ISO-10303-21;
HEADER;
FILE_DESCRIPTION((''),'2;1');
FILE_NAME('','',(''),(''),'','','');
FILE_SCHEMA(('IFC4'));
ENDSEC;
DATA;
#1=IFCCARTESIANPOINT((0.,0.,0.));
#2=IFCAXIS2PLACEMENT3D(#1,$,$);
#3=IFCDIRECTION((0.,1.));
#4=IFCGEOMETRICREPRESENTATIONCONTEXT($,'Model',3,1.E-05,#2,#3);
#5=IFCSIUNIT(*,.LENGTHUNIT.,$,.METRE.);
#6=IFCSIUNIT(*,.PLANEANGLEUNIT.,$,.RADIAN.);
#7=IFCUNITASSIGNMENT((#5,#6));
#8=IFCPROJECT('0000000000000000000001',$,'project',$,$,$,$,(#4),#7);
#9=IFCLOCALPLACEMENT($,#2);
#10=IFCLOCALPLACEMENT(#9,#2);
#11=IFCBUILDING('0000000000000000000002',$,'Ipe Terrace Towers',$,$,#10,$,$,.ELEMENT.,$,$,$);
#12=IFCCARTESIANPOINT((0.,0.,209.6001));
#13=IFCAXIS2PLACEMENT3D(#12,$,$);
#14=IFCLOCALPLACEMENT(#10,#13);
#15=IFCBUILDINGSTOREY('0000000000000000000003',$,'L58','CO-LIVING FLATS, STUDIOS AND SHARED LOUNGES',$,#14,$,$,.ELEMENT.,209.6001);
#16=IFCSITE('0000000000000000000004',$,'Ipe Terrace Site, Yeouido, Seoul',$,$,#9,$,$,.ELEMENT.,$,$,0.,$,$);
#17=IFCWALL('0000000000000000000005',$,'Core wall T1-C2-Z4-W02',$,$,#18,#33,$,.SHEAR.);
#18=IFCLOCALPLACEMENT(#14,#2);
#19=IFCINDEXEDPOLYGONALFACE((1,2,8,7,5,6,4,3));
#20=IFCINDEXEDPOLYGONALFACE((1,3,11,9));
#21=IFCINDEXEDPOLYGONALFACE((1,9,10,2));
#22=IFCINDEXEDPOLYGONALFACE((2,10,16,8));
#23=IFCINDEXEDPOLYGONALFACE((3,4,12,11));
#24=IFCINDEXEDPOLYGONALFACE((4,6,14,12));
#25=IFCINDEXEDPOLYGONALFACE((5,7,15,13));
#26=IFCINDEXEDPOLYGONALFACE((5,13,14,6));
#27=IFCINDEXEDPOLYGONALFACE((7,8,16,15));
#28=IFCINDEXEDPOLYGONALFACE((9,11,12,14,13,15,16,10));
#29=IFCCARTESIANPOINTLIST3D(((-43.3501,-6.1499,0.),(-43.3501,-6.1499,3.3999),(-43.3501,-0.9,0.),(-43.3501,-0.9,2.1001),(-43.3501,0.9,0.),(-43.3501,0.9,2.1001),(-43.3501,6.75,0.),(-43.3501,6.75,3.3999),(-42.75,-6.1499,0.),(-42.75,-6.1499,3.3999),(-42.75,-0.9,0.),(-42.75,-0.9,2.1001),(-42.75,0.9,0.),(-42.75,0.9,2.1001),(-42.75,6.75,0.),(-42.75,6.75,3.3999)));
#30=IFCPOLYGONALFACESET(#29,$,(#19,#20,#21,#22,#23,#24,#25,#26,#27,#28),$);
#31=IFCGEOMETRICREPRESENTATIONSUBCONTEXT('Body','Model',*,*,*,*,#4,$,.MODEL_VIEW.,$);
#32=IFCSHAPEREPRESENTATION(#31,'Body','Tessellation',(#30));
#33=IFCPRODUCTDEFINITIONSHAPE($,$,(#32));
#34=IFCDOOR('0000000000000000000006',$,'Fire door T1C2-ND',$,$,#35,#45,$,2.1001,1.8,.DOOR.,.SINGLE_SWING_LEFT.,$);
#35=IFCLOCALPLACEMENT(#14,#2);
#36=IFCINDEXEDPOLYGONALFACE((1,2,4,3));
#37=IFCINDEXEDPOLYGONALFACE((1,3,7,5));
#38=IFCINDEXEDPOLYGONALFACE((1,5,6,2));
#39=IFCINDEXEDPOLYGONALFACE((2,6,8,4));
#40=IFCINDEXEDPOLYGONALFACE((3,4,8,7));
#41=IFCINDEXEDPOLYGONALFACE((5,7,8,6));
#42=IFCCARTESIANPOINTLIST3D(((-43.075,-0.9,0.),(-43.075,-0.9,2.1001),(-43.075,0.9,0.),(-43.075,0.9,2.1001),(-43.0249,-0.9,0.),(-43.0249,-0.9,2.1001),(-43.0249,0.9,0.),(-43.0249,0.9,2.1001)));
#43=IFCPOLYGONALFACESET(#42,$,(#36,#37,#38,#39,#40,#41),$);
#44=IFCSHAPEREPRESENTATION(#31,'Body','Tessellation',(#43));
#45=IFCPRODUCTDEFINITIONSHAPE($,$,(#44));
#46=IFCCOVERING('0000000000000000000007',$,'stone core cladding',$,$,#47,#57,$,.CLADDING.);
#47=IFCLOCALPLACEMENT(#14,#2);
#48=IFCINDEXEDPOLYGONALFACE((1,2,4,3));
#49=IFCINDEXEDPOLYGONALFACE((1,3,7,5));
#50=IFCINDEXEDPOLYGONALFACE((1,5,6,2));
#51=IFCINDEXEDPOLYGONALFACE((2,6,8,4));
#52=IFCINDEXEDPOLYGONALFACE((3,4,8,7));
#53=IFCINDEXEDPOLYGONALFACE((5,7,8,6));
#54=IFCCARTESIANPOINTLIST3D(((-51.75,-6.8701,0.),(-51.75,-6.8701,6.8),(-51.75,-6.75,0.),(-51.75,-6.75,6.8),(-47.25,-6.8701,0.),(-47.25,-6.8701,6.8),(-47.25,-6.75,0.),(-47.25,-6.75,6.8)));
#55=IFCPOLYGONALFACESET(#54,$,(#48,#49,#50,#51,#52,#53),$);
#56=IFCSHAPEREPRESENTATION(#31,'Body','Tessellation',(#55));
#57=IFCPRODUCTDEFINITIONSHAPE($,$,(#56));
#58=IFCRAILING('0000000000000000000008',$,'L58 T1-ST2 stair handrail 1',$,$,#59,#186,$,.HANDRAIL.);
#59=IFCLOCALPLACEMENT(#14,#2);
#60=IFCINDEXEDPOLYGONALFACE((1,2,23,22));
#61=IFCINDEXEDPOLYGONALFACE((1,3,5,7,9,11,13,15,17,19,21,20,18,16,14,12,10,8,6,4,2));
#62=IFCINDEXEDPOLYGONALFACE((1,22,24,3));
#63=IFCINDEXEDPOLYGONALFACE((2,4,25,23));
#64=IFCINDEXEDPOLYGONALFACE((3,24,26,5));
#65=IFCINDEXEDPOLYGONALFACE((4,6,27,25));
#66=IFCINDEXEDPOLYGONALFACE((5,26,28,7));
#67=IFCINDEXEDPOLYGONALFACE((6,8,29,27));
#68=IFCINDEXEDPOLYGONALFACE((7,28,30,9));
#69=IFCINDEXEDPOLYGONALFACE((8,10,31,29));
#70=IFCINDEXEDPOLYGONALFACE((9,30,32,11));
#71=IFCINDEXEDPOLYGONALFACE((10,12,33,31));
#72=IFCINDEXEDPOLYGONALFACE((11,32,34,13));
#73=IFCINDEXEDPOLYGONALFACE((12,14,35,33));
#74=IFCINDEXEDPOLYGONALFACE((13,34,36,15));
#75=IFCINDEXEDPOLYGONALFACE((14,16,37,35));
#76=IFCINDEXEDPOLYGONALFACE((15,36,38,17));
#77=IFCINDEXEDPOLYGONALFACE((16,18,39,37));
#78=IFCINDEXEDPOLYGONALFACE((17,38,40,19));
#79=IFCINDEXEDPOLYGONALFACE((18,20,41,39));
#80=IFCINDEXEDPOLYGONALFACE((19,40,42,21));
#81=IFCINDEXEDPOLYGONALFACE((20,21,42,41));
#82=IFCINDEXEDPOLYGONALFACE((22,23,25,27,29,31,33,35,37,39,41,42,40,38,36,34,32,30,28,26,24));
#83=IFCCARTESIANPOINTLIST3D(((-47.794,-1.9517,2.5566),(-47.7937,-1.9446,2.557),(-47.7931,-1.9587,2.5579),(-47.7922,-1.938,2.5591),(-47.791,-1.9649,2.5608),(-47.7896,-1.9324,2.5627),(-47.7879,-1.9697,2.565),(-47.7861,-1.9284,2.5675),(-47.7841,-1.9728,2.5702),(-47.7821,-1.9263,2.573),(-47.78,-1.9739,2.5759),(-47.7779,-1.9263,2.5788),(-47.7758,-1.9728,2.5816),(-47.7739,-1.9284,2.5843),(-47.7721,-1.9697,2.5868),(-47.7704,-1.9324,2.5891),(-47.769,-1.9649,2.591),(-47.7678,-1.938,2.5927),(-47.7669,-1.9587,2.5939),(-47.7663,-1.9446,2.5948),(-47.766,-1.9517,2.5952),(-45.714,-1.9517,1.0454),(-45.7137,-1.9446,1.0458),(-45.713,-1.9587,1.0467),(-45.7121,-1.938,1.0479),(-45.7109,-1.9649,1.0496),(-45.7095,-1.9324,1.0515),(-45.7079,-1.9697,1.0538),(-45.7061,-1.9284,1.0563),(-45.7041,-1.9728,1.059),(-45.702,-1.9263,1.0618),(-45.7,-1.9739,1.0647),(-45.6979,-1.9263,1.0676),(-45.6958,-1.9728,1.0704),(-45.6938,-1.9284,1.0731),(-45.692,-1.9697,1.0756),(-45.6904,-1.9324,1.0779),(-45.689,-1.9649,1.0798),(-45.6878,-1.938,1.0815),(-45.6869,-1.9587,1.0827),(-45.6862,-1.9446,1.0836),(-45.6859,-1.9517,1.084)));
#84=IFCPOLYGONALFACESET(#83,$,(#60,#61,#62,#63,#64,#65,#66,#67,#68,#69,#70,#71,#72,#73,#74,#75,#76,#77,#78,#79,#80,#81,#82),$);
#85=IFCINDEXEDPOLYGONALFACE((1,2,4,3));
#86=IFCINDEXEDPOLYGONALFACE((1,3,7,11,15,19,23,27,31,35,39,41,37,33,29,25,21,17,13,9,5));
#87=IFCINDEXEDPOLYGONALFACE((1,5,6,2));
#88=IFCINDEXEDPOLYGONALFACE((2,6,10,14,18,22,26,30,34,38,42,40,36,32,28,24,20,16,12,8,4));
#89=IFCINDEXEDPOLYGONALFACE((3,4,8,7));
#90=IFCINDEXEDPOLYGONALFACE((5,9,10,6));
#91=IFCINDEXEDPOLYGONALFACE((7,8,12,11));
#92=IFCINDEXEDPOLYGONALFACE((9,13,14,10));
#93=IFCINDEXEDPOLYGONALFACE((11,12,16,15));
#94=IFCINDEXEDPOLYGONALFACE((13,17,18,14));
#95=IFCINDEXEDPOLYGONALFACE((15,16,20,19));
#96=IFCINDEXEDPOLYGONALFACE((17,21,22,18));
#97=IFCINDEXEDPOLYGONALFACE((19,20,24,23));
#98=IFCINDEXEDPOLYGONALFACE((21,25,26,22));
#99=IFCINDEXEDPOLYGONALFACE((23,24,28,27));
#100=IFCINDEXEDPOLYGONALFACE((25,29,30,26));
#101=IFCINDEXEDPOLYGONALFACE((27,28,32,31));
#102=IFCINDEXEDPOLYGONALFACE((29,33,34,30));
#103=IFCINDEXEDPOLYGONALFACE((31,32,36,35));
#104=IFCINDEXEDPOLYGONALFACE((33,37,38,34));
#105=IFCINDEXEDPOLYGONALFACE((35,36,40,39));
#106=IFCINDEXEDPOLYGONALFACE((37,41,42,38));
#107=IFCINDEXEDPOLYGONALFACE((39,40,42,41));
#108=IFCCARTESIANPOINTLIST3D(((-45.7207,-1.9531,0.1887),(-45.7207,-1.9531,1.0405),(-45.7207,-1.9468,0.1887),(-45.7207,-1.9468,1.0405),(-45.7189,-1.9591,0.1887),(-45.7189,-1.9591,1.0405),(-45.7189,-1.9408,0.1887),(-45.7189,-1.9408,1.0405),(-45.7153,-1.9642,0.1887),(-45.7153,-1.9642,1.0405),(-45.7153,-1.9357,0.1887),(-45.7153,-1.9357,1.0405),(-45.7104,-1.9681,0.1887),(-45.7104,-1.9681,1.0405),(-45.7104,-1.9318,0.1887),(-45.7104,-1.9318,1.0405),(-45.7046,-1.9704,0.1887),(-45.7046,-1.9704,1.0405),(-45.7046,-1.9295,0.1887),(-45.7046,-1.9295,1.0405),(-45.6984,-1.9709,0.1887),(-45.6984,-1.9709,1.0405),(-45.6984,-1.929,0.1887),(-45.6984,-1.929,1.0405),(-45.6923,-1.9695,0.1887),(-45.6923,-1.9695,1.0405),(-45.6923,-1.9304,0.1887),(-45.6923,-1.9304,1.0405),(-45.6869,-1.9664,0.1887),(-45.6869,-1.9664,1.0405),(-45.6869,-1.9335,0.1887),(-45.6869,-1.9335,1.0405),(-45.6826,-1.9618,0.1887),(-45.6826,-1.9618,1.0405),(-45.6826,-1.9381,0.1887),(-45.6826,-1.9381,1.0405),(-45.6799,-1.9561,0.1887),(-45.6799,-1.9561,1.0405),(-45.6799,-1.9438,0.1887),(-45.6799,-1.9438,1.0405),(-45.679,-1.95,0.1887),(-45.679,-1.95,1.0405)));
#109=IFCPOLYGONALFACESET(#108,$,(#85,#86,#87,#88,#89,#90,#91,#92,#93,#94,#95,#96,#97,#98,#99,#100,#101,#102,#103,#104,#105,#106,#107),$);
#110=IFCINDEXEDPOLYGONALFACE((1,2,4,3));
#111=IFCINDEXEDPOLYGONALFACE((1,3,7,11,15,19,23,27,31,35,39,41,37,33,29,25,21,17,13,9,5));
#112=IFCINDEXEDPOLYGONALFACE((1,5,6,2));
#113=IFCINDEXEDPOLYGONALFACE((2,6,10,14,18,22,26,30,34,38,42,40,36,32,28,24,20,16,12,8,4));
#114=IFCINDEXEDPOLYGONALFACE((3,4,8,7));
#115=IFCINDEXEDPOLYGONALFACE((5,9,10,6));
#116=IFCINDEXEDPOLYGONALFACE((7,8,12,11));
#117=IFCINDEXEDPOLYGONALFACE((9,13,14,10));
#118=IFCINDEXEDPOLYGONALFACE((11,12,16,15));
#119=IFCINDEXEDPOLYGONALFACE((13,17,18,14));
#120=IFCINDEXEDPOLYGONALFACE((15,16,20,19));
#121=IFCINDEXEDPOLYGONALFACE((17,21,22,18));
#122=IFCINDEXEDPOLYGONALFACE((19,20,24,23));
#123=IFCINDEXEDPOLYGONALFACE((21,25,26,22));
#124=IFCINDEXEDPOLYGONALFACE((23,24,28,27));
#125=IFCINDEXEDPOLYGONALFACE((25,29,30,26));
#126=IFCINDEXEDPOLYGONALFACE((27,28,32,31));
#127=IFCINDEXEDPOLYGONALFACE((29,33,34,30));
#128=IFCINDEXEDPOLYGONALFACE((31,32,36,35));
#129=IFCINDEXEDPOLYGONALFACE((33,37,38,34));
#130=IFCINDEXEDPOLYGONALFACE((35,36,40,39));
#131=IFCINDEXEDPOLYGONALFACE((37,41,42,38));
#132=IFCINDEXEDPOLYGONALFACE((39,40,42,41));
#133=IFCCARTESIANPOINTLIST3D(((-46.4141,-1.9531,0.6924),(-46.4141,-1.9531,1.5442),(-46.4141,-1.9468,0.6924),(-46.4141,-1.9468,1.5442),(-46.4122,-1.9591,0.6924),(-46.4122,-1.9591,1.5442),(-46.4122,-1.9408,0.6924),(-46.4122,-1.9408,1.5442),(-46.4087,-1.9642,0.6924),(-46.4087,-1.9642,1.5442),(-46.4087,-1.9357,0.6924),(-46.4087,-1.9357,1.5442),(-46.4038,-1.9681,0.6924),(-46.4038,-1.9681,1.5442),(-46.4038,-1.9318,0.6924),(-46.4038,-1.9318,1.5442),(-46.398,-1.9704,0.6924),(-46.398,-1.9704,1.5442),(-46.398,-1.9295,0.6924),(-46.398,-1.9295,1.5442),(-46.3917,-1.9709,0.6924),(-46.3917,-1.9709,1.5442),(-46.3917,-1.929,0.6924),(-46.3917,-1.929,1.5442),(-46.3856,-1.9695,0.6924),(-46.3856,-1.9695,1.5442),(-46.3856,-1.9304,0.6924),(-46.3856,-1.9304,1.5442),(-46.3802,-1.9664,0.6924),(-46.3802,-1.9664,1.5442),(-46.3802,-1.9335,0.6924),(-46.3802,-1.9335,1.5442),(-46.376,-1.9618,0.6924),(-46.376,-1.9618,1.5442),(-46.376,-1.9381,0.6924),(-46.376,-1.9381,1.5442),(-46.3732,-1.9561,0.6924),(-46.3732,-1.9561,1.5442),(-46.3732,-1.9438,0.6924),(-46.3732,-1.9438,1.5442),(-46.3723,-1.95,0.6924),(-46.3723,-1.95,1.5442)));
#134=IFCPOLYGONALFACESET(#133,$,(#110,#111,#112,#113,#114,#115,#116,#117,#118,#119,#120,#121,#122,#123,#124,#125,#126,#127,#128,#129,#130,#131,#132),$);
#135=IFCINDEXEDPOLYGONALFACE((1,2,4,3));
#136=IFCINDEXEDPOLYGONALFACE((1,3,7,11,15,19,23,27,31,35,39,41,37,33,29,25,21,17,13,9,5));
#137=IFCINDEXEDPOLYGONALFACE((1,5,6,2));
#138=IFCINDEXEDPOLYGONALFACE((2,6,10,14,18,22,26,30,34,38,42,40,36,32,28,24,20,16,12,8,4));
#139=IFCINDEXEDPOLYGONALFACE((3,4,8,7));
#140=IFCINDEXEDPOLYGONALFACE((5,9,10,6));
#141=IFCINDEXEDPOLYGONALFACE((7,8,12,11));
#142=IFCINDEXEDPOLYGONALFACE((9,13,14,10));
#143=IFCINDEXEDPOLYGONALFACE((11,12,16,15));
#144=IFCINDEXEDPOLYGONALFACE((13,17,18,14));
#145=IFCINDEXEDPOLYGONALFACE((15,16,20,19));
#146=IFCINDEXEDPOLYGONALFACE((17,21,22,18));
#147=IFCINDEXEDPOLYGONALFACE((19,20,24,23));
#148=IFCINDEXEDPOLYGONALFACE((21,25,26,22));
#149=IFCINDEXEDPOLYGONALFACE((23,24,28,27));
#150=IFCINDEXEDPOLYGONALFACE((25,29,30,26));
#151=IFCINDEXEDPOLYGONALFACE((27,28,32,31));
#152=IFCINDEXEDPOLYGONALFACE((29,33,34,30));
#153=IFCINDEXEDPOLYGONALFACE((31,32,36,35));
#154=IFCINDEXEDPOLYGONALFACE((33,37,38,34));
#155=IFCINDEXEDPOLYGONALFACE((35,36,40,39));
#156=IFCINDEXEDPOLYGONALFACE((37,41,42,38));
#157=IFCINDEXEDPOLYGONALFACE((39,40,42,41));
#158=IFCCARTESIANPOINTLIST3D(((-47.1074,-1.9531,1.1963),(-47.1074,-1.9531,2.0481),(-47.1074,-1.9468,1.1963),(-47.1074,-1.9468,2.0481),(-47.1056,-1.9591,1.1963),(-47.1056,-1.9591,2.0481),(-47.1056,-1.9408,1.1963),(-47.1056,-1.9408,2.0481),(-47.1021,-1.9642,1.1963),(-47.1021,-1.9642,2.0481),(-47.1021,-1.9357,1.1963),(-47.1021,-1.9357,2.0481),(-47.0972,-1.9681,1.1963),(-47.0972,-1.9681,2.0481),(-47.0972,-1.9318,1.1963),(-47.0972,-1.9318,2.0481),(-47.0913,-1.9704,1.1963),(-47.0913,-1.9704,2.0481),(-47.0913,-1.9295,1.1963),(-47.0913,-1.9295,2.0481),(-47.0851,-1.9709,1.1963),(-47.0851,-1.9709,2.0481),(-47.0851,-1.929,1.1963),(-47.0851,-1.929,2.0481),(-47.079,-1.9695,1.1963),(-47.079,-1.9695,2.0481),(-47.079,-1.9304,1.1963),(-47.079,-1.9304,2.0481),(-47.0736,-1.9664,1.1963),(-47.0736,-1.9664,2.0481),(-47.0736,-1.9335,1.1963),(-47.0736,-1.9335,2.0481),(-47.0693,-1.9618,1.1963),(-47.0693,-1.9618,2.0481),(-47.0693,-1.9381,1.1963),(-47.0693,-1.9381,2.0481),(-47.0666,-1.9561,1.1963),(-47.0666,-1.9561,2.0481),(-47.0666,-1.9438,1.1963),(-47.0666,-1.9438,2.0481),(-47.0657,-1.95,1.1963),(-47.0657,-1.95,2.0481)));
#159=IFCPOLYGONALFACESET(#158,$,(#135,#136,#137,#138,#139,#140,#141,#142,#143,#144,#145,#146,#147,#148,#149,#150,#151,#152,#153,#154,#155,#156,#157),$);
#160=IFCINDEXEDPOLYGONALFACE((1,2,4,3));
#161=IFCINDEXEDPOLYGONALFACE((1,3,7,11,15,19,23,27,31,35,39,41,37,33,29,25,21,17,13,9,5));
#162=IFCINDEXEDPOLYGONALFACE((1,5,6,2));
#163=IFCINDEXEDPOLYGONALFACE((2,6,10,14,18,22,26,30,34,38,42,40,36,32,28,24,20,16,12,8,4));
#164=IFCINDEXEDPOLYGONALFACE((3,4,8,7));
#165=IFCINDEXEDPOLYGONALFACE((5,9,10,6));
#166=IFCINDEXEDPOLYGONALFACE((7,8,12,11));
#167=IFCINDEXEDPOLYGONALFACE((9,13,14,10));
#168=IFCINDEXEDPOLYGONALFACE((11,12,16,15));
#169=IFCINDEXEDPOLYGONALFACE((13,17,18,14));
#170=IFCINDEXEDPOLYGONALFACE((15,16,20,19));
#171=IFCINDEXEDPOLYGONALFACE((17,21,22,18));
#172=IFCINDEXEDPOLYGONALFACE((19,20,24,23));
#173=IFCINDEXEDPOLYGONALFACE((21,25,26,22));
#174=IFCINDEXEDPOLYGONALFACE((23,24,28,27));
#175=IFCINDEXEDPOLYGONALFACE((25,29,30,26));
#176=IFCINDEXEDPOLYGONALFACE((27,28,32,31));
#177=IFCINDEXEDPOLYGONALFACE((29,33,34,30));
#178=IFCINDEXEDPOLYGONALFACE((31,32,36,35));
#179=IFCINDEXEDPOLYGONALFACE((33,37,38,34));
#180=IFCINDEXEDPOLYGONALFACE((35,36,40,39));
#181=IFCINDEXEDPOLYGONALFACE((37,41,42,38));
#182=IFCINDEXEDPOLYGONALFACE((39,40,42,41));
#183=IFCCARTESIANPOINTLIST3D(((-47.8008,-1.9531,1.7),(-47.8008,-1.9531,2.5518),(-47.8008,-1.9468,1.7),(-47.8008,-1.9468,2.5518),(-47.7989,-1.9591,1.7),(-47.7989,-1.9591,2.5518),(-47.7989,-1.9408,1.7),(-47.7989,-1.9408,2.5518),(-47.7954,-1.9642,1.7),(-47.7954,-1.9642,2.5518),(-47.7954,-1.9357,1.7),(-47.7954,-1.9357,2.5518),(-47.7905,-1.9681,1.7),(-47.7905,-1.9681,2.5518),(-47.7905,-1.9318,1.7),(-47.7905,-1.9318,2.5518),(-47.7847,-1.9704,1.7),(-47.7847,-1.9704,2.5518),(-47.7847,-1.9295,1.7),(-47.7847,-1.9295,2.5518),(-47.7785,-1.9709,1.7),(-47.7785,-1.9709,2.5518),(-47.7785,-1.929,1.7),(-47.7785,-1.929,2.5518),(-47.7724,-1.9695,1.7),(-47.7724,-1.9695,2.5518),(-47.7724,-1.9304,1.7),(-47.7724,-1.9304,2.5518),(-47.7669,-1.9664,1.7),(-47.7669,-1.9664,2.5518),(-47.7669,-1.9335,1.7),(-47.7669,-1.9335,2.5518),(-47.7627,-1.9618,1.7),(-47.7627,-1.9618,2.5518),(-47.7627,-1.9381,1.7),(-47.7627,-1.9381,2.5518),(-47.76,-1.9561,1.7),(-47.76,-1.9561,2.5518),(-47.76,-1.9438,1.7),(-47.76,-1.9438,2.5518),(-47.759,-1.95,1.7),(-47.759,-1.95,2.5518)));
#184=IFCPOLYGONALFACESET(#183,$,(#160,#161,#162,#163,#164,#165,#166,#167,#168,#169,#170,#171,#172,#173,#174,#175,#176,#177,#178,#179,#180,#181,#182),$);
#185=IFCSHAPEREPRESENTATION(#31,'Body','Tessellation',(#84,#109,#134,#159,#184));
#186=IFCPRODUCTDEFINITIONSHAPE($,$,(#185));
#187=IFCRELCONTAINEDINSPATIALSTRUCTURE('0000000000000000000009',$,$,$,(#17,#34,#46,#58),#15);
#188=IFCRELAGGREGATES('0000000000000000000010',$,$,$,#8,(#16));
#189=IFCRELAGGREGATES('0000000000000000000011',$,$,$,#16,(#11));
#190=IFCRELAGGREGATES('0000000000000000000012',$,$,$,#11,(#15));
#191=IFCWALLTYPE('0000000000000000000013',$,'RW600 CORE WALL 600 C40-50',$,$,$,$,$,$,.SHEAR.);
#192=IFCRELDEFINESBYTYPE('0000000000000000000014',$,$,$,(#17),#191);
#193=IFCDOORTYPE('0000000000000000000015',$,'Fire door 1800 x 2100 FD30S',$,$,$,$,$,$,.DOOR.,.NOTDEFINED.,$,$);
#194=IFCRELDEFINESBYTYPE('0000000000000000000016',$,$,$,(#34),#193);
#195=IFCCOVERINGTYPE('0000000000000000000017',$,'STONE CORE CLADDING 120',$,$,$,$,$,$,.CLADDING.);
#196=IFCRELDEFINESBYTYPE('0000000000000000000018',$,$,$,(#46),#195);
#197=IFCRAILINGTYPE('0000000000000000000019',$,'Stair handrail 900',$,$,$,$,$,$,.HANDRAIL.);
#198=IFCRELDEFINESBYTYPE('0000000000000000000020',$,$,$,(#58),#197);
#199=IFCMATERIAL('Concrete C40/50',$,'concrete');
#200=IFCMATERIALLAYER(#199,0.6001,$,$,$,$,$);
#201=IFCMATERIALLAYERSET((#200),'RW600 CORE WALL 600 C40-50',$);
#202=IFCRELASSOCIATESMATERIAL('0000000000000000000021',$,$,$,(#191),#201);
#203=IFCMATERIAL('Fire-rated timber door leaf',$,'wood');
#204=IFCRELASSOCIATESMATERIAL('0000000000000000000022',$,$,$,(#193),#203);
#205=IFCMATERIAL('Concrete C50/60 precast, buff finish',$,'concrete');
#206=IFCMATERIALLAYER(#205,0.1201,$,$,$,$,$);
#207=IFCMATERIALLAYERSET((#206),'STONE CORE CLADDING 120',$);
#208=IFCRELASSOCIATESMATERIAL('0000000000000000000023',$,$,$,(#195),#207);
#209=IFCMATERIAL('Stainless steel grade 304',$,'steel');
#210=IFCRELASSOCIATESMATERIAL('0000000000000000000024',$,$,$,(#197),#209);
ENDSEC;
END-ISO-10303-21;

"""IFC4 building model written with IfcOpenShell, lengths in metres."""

from ifc_helpers import new_model, si_unit, direction, frame, frame_2d, origin, origin_2d, place, context, subcontext, project, spatial, rectangle, circle, extrude, material, layer, layer_set, type_object, element, fill, save


model = new_model("IFC4")

# Units and contexts
model_context = context("Model", 3, precision=1e-05, world=origin(), true_north=direction((0.0, 1.0)))
body_context = subcontext(model_context, "Body", "Model", "MODEL_VIEW")
ifc_project = project(units=[si_unit("LENGTHUNIT", "METRE"), si_unit("PLANEANGLEUNIT", "RADIAN")], contexts=[model_context])

# Site, building, storey
site_placement = place(None, origin())
site = spatial("IfcSite", under=ifc_project, at=site_placement, Name="Ipe Terrace Site, Yeouido, Seoul", CompositionType="ELEMENT", RefElevation=0.0)
building_placement = place(site_placement, origin())
building = spatial("IfcBuilding", under=site, at=building_placement, Name="Ipe Terrace Towers", CompositionType="ELEMENT")
storey_placement = place(building_placement, frame((0.0, 0.0, 209.6001)))
storey = spatial("IfcBuildingStorey", under=building, at=storey_placement, Name="L58", Description="CO-LIVING FLATS, STUDIOS AND SHARED LOUNGES", CompositionType="ELEMENT", Elevation=209.6001)

# Shared definitions
ifc_material_1 = material(Name="Concrete C40/50", Category="concrete")
ifc_layer_1 = layer(ifc_material_1, 0.6001)
ifc_layer_set_1 = layer_set([ifc_layer_1], Name="RW600 CORE WALL 600 C40-50")
wall_type_1 = type_object("IfcWallType", Name="RW600 CORE WALL 600 C40-50", PredefinedType="SHEAR", material=ifc_layer_set_1)

# Wall, opening, door
wall_1_placement = place(storey_placement, frame((-43.05, -6.1499, 0.0), z_axis=(0.0, 0.0, 1.0), x_axis=(0.0, 1.0, 0.0)))
wall_1 = element("IfcWall", 1, at=wall_1_placement, inside=storey, type_object=wall_type_1, Name="Core wall T1-C2-Z4-W02", PredefinedType="SHEAR", context=body_context, shape_type="SweptSolid", body=[
    extrude(rectangle(XDim=12.8999, YDim=0.6001, at=frame_2d((6.45, 0.0))), origin(), (0.0, 0.0, 1.0), 3.3999),
])
opening_1_placement = place(wall_1_placement, frame((5.25, 0.0, 0.0)))
opening_1 = element("IfcOpeningElement", 2, at=opening_1_placement, cuts=wall_1, PredefinedType="OPENING", context=body_context, shape_type="SweptSolid", body=[
    extrude(rectangle(XDim=1.8, YDim=2.1001, at=frame_2d((0.8999, 1.05))), frame((0.0, 0.3101, 0.0), z_axis=(0.0, -1.0, 0.0), x_axis=(1.0, 0.0, 0.0)), (0.0, 0.0, 1.0), 0.6201),
])
ifc_material_2 = material(Name="Fire-rated timber door leaf", Category="wood")
door_type_1 = type_object("IfcDoorType", Name="Fire door 1800 x 2100 FD30S", OperationType="NOTDEFINED", PredefinedType="DOOR", material=ifc_material_2)
door_1_placement = place(opening_1_placement, origin())
door_1 = element("IfcDoor", 3, at=door_1_placement, inside=storey, type_object=door_type_1, Name="Fire door T1C2-ND", OperationType="SINGLE_SWING_LEFT", OverallHeight=2.1001, OverallWidth=1.8, PredefinedType="DOOR", context=body_context, shape_type="SweptSolid", body=[
    extrude(rectangle(XDim=1.8, YDim=2.1001, at=frame_2d((0.8999, 1.05))), frame((0.0, 0.0249, 0.0), z_axis=(0.0, -1.0, 0.0), x_axis=(1.0, 0.0, 0.0)), (0.0, 0.0, 1.0), 0.05),
])
fill(opening_1, door_1)

# Covering
ifc_material_3 = material(Name="Concrete C50/60 precast, buff finish", Category="concrete")
ifc_layer_2 = layer(ifc_material_3, 0.1201)
ifc_layer_set_2 = layer_set([ifc_layer_2], Name="STONE CORE CLADDING 120")
covering_type = type_object("IfcCoveringType", Name="STONE CORE CLADDING 120", PredefinedType="CLADDING", material=ifc_layer_set_2)
covering_placement = place(storey_placement, frame((-49.5, -6.8101, 0.0), z_axis=(0.0, 0.0, 1.0), x_axis=(1.0, 0.0, 0.0)))
element("IfcCovering", 4, at=covering_placement, inside=storey, type_object=covering_type, Name="stone core cladding", PredefinedType="CLADDING", context=body_context, shape_type="SweptSolid", body=[
    extrude(rectangle(XDim=4.5, YDim=0.1201, at=origin_2d()), origin(), (0.0, 0.0, 1.0), 6.8),
])

# Railing
ifc_material_4 = material(Name="Stainless steel grade 304", Category="steel")
railing_type_1 = type_object("IfcRailingType", Name="Stair handrail 900", PredefinedType="HANDRAIL", material=ifc_material_4)
railing_1_placement = place(storey_placement, frame((-45.7, -1.95, 0.1887)))
element("IfcRailing", 5, at=railing_1_placement, inside=storey, type_object=railing_type_1, Name="L58 T1-ST2 stair handrail 1", PredefinedType="HANDRAIL", context=body_context, shape_type="SweptSolid", body=[
    extrude(circle(Radius=0.0239, at=origin_2d()), frame((0.0, 0.0, 0.876), z_axis=(-0.809023, 0.0, 0.587776), x_axis=(0.0, -1.0, 0.0)), (0.0, 0.0, 1.0), 2.571),
    extrude(circle(Radius=0.021, at=origin_2d()), origin(), (0.0, 0.0, 1.0), 0.8518),
    extrude(circle(Radius=0.021, at=origin_2d()), frame((-0.6934, 0.0, 0.5037)), (0.0, 0.0, 1.0), 0.8518),
    extrude(circle(Radius=0.021, at=origin_2d()), frame((-1.3867, 0.0, 1.0076)), (0.0, 0.0, 1.0), 0.8518),
    extrude(circle(Radius=0.021, at=origin_2d()), frame((-2.0801, 0.0, 1.5112)), (0.0, 0.0, 1.0), 0.8518),
])

save(model, "model.ifc")
